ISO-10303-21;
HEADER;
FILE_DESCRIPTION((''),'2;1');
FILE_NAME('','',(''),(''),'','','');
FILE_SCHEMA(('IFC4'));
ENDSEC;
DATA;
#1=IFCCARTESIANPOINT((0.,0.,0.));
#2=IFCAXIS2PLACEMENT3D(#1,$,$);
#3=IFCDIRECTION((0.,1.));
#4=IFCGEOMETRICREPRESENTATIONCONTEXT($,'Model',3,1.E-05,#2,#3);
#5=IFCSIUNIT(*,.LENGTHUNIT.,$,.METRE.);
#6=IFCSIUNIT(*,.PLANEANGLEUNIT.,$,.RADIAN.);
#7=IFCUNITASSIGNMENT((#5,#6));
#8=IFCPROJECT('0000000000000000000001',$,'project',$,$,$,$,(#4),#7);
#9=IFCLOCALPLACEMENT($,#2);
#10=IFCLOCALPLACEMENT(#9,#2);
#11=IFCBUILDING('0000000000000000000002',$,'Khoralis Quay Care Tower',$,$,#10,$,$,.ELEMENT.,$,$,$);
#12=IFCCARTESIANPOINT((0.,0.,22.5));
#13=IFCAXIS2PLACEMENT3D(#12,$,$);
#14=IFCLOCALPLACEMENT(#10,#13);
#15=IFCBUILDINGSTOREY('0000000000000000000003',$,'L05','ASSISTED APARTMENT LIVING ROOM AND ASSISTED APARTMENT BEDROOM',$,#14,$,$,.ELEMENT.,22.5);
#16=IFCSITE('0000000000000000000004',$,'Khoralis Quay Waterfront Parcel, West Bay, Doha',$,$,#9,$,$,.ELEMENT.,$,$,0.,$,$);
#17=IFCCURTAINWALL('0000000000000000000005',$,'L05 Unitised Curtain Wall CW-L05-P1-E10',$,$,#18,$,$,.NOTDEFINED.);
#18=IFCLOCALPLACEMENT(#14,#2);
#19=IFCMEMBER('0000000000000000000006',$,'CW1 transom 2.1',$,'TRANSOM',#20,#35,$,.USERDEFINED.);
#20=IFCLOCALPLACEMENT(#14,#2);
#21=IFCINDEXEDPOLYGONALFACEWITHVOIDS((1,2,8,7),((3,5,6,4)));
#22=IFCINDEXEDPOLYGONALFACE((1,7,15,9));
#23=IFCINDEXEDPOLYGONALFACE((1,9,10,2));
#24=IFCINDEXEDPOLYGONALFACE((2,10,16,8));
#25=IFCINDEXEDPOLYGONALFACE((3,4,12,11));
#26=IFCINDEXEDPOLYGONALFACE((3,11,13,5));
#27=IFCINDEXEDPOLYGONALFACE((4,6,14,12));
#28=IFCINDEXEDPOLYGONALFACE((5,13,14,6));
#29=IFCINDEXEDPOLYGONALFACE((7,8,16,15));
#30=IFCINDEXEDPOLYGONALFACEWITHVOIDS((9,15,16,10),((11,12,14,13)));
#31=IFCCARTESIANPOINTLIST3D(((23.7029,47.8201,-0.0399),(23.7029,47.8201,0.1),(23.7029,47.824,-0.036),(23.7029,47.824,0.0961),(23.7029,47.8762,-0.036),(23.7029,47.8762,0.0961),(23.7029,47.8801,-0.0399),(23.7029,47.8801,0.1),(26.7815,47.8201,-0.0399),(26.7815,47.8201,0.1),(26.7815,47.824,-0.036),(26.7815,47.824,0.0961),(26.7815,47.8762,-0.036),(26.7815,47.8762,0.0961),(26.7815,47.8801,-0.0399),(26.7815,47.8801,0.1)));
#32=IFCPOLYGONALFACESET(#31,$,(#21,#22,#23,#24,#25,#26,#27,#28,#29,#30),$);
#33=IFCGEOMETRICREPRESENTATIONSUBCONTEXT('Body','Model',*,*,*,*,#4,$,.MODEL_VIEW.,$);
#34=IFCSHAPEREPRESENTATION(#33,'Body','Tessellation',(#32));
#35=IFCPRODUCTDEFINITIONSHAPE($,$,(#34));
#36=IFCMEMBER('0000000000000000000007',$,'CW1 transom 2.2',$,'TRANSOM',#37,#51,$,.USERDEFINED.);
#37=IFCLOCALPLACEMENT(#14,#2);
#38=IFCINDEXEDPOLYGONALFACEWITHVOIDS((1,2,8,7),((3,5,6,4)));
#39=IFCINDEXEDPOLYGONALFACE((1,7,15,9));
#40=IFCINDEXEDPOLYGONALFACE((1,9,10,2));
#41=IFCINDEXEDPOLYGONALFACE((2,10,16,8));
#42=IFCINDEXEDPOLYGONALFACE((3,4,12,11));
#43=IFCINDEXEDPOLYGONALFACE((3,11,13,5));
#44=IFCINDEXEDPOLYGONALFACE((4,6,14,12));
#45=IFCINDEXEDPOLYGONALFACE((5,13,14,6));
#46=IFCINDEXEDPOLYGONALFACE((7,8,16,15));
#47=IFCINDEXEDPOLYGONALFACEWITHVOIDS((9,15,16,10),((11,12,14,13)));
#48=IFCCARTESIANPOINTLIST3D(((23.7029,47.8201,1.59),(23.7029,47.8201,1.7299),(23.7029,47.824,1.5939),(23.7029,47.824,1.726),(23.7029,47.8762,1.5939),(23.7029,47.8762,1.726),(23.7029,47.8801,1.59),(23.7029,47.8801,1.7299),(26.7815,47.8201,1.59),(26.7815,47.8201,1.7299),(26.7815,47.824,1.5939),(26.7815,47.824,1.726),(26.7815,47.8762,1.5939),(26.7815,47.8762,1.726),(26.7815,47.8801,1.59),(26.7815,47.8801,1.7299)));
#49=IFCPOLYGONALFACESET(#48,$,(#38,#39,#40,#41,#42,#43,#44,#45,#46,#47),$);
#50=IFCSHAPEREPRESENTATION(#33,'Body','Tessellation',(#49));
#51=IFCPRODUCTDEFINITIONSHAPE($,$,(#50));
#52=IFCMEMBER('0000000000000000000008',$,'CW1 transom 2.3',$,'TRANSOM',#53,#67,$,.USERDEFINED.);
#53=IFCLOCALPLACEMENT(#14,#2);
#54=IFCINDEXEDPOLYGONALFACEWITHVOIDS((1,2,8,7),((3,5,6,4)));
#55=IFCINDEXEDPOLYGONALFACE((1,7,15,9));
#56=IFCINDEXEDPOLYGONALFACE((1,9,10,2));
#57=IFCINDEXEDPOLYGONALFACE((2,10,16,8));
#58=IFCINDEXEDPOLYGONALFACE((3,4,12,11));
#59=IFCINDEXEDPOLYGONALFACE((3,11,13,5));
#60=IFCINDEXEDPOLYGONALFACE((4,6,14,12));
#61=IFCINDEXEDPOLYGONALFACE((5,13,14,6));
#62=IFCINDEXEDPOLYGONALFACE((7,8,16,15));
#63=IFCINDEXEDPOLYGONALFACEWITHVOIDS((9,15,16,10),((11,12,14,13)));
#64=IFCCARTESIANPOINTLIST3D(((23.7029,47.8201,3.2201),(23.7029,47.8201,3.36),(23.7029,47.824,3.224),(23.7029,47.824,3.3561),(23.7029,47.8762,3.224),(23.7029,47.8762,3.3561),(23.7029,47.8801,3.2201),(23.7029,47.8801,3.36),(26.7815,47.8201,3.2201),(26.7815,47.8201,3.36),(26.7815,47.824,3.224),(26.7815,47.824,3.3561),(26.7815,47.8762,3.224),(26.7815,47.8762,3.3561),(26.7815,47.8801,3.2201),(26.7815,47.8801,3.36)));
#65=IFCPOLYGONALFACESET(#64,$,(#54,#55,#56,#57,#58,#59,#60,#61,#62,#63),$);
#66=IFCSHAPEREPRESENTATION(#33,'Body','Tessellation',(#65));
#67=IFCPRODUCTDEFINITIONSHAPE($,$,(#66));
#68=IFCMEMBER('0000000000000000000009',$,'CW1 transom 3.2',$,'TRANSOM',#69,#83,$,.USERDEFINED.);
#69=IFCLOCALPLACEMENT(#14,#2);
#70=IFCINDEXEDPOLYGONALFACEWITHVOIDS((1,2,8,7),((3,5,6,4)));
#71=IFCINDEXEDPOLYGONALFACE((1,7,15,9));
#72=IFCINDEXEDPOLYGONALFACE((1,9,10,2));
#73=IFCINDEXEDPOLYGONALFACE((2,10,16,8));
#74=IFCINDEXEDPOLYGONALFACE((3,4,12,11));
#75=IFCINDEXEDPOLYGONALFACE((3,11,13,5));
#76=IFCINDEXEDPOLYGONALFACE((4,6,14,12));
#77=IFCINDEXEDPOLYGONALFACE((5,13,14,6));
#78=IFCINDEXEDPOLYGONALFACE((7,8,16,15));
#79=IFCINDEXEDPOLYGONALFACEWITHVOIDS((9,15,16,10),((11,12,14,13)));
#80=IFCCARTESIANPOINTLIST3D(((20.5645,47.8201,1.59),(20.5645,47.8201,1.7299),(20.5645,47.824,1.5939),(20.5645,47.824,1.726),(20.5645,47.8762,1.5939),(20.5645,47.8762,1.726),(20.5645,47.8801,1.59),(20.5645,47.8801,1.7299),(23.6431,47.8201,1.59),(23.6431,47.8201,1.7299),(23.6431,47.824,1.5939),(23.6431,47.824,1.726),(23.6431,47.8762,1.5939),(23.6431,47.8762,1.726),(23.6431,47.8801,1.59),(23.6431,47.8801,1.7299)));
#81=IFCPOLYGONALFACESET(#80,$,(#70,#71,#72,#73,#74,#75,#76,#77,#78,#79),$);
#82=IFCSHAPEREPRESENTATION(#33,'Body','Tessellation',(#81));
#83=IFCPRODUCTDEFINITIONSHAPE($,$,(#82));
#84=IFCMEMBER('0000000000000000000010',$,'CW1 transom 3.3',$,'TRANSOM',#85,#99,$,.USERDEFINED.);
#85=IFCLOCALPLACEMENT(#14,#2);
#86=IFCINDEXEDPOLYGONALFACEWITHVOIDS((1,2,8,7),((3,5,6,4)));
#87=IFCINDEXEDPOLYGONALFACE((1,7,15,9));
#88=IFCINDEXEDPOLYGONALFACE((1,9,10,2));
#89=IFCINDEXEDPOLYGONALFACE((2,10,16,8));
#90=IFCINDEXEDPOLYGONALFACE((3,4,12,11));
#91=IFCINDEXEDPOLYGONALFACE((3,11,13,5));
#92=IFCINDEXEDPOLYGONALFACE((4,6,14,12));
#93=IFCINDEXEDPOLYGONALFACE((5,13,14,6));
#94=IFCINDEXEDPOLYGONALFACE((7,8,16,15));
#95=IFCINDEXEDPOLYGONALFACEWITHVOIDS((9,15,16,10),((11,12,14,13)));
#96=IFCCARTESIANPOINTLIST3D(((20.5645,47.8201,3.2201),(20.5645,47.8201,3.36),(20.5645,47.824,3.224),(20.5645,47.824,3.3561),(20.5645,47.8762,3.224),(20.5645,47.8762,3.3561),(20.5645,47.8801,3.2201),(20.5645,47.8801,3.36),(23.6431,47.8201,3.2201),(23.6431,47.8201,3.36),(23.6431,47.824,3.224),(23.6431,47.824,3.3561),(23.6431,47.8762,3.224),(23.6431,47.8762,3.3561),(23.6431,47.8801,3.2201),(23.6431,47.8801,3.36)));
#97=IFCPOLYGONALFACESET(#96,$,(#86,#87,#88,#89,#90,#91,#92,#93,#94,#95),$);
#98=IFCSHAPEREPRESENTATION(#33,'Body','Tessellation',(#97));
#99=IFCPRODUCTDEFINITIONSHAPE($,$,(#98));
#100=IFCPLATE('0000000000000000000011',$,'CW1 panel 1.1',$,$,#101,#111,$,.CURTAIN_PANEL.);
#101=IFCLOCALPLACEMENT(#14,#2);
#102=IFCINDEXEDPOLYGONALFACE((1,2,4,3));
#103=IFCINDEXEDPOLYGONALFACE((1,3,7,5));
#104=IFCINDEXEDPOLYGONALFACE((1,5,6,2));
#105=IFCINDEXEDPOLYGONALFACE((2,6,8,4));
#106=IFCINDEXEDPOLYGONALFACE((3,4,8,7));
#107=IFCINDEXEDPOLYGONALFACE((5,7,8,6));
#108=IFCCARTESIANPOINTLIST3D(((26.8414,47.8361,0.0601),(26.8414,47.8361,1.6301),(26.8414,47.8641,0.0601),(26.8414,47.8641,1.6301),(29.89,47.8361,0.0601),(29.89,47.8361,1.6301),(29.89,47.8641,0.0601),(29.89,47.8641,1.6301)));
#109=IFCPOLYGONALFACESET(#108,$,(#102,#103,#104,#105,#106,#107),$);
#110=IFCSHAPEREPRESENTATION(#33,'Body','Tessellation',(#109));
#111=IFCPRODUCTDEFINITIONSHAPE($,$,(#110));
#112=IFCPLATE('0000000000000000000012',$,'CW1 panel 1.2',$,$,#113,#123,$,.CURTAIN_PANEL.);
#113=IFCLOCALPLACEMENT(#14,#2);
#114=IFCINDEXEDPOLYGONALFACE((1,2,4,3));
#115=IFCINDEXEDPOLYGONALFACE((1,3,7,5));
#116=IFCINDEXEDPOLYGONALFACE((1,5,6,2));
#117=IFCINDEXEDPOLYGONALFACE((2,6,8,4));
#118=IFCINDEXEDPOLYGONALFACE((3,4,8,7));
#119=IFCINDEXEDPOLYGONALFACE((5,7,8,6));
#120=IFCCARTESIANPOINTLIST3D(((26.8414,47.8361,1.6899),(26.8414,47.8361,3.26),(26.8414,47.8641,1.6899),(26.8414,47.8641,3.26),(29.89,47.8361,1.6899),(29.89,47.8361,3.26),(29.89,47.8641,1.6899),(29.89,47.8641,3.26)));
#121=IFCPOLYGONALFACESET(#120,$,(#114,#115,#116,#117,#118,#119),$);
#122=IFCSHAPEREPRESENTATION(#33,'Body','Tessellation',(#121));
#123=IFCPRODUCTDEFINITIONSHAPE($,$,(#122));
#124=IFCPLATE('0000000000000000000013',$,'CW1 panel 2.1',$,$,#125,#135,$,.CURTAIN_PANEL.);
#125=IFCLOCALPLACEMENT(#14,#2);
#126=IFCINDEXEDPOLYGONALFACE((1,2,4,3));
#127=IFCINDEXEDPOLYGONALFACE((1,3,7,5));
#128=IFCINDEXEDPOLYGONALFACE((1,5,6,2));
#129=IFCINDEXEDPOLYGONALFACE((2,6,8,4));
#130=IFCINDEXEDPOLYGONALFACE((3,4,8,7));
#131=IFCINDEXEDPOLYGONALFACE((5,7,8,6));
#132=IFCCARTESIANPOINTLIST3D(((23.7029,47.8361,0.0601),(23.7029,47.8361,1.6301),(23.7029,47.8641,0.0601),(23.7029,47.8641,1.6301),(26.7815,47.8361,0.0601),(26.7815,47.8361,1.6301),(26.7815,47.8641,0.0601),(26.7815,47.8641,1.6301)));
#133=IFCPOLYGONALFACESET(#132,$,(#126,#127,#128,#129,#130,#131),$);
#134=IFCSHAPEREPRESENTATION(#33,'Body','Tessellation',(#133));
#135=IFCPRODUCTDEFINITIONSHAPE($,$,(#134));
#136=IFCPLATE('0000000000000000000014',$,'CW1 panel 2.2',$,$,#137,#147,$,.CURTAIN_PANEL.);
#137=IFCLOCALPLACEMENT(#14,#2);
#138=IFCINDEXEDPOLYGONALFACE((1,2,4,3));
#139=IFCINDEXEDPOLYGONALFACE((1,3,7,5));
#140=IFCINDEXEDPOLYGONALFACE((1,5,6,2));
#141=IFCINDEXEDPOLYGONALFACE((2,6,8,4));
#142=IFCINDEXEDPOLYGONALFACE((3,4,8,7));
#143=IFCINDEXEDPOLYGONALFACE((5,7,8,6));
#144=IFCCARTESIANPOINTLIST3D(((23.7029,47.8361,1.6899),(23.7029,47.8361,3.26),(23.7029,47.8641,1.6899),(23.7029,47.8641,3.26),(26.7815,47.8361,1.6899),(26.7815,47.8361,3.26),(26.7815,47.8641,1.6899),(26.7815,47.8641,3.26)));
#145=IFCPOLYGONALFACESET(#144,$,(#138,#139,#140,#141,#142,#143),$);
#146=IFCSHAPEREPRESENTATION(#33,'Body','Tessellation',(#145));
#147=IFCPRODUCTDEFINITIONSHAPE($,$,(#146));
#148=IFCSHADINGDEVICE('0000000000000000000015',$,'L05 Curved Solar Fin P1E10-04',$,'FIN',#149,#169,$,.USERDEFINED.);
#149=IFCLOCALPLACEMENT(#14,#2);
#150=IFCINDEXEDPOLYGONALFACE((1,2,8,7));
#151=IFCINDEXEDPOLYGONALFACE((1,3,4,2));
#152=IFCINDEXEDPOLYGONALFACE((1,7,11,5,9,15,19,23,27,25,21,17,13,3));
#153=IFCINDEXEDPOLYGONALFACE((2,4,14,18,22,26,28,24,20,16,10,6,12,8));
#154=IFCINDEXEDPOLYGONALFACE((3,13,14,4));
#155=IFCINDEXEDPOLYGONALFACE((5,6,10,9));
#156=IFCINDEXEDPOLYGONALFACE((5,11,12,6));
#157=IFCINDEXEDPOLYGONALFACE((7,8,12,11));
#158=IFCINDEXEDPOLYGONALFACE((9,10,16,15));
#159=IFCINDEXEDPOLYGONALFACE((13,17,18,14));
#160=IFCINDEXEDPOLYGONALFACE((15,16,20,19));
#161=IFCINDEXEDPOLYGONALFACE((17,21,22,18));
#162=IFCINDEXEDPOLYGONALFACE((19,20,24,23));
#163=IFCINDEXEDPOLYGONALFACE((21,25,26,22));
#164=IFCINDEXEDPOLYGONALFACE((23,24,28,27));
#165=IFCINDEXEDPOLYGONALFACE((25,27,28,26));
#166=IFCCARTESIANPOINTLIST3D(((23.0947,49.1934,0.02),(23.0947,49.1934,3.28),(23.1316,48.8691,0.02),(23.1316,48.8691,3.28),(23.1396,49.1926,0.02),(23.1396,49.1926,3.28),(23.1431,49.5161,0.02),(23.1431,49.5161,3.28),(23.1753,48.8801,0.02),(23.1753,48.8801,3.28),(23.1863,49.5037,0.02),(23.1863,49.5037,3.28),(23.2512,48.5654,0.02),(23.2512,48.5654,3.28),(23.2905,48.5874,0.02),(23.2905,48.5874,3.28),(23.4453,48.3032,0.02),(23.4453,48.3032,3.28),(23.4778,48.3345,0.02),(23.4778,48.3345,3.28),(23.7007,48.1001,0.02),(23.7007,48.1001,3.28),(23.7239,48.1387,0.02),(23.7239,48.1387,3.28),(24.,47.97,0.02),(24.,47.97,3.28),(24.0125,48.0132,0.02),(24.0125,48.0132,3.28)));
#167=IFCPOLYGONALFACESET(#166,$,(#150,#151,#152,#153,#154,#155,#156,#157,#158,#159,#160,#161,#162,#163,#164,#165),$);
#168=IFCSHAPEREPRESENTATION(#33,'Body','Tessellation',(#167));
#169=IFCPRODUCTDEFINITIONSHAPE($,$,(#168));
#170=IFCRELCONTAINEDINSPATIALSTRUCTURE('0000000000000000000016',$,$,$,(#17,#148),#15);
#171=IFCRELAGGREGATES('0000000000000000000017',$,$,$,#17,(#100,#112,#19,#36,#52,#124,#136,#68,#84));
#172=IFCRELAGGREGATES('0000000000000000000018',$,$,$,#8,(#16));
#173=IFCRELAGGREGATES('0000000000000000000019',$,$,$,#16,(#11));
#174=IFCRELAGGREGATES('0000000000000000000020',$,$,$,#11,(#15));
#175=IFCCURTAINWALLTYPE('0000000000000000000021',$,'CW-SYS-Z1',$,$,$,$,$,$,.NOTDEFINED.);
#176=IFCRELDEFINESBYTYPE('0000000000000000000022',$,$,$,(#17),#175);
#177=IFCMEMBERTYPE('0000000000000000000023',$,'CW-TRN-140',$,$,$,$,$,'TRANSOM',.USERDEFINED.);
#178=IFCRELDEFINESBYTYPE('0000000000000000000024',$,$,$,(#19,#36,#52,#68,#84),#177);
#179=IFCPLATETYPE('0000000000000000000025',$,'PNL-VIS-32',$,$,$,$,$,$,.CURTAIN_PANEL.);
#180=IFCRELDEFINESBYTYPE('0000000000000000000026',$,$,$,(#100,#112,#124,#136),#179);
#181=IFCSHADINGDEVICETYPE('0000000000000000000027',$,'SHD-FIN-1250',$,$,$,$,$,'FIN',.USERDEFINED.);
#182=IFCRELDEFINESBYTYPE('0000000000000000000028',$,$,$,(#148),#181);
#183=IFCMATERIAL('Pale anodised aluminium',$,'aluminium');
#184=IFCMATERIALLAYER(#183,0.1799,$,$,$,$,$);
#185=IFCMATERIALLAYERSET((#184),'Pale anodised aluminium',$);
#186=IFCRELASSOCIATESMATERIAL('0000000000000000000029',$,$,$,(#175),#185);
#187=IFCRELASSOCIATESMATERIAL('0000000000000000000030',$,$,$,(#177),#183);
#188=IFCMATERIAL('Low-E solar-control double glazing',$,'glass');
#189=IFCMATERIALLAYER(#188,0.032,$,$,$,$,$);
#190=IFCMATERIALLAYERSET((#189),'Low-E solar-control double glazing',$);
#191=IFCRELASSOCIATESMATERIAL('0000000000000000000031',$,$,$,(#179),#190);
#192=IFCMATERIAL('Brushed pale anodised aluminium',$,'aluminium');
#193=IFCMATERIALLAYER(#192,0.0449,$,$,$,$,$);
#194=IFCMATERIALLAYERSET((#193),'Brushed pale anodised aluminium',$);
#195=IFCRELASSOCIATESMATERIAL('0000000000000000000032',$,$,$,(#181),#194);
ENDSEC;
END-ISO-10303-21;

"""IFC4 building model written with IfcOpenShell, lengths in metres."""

from ifc_helpers import new_model, si_unit, direction, frame, origin, origin_2d, place, context, subcontext, project, spatial, polyline, rectangle, hollow_rectangle, outline, extrude, source, transform, mapped, material, layer, layer_set, material_profile, profile_set, type_object, element, aggregate, save


model = new_model("IFC4")

# Units and contexts
model_context = context("Model", 3, precision=1e-05, world=origin(), true_north=direction((0.0, 1.0)))
body_context = subcontext(model_context, "Body", "Model", "MODEL_VIEW")
ifc_project = project(units=[si_unit("LENGTHUNIT", "METRE"), si_unit("PLANEANGLEUNIT", "RADIAN")], contexts=[model_context])

# Site, building, storey
site_placement = place(None, origin())
site = spatial("IfcSite", under=ifc_project, at=site_placement, Name="Khoralis Quay Waterfront Parcel, West Bay, Doha", CompositionType="ELEMENT", RefElevation=0.0)
building_placement = place(site_placement, origin())
building = spatial("IfcBuilding", under=site, at=building_placement, Name="Khoralis Quay Care Tower", CompositionType="ELEMENT")
storey_placement = place(building_placement, frame((0.0, 0.0, 22.5)))
storey = spatial("IfcBuildingStorey", under=building, at=storey_placement, Name="L05", Description="ASSISTED APARTMENT LIVING ROOM AND ASSISTED APARTMENT BEDROOM", CompositionType="ELEMENT", Elevation=22.5)

# Curtain wall, members, plates
ifc_material_1 = material(Name="Pale anodised aluminium", Category="aluminium")
ifc_layer_1 = layer(ifc_material_1, 0.1799)
ifc_layer_set_1 = layer_set([ifc_layer_1], Name="Pale anodised aluminium")
curtain_wall_type = type_object("IfcCurtainWallType", Name="CW-SYS-Z1", PredefinedType="NOTDEFINED", material=ifc_layer_set_1)
curtain_wall_placement = place(storey_placement, origin())
curtain_wall = element("IfcCurtainWall", 1, at=curtain_wall_placement, inside=storey, type_object=curtain_wall_type, Name="L05 Unitised Curtain Wall CW-L05-P1-E10", PredefinedType="NOTDEFINED")
ifc_material_profile_1 = material_profile(ifc_material_1, hollow_rectangle(XDim=0.0601, YDim=0.1399, WallThickness=0.0039, at=origin_2d()), Name="Pale anodised aluminium")
ifc_profile_set_1 = profile_set([ifc_material_profile_1], Name="Pale anodised aluminium")
member_type_1 = type_object("IfcMemberType", Name="CW-TRN-140", ElementType="TRANSOM", PredefinedType="USERDEFINED", material=ifc_profile_set_1)
shared_shape_1 = source(origin(), body_context, "Body", "SweptSolid", [
    extrude(hollow_rectangle(XDim=0.0601, YDim=0.1399, WallThickness=0.0039, at=origin_2d()), origin(), (0.0, 0.0, 1.0), 3.0786),
])
member_1_placement = place(storey_placement, frame((26.7815, 47.8501, 0.03), z_axis=(-1.0, 0.0, 0.0), x_axis=(0.0, -1.0, 0.0)))
member_1 = element("IfcMember", 2, at=member_1_placement, type_object=member_type_1, Name="CW1 transom 2.1", ObjectType="TRANSOM", PredefinedType="USERDEFINED", context=body_context, shape_type="MappedRepresentation", body=[
    mapped(shared_shape_1, transform((0.0, 0.0, 0.0), scale=1.0)),
])
member_2_placement = place(storey_placement, frame((26.7815, 47.8501, 1.6599), z_axis=(-1.0, 0.0, 0.0), x_axis=(0.0, -1.0, 0.0)))
member_2 = element("IfcMember", 3, at=member_2_placement, type_object=member_type_1, Name="CW1 transom 2.2", ObjectType="TRANSOM", PredefinedType="USERDEFINED", context=body_context, shape_type="MappedRepresentation", body=[
    mapped(shared_shape_1, transform((0.0, 0.0, 0.0), scale=1.0)),
])
member_3_placement = place(storey_placement, frame((26.7815, 47.8501, 3.29), z_axis=(-1.0, 0.0, 0.0), x_axis=(0.0, -1.0, 0.0)))
member_3 = element("IfcMember", 4, at=member_3_placement, type_object=member_type_1, Name="CW1 transom 2.3", ObjectType="TRANSOM", PredefinedType="USERDEFINED", context=body_context, shape_type="MappedRepresentation", body=[
    mapped(shared_shape_1, transform((0.0, 0.0, 0.0), scale=1.0)),
])
member_4_placement = place(storey_placement, frame((23.6431, 47.8501, 1.6599), z_axis=(-1.0, 0.0, 0.0), x_axis=(0.0, -1.0, 0.0)))
member_4 = element("IfcMember", 5, at=member_4_placement, type_object=member_type_1, Name="CW1 transom 3.2", ObjectType="TRANSOM", PredefinedType="USERDEFINED", context=body_context, shape_type="MappedRepresentation", body=[
    mapped(shared_shape_1, transform((0.0, 0.0, 0.0), scale=1.0)),
])
member_5_placement = place(storey_placement, frame((23.6431, 47.8501, 3.29), z_axis=(-1.0, 0.0, 0.0), x_axis=(0.0, -1.0, 0.0)))
member_5 = element("IfcMember", 6, at=member_5_placement, type_object=member_type_1, Name="CW1 transom 3.3", ObjectType="TRANSOM", PredefinedType="USERDEFINED", context=body_context, shape_type="MappedRepresentation", body=[
    mapped(shared_shape_1, transform((0.0, 0.0, 0.0), scale=1.0)),
])
ifc_material_2 = material(Name="Low-E solar-control double glazing", Category="glass")
ifc_layer_2 = layer(ifc_material_2, 0.032)
ifc_layer_set_2 = layer_set([ifc_layer_2], Name="Low-E solar-control double glazing")
plate_type = type_object("IfcPlateType", Name="PNL-VIS-32", PredefinedType="CURTAIN_PANEL", material=ifc_layer_set_2)
shared_shape_2 = source(origin(), body_context, "Body", "SweptSolid", [
    extrude(rectangle(XDim=3.0486, YDim=0.0281, at=origin_2d()), origin(), (0.0, 0.0, 1.0), 1.5701),
])
plate_1_placement = place(storey_placement, frame((28.3657, 47.8501, 0.0601), z_axis=(0.0, 0.0, 1.0), x_axis=(-1.0, 0.0, 0.0)))
plate_1 = element("IfcPlate", 7, at=plate_1_placement, type_object=plate_type, Name="CW1 panel 1.1", PredefinedType="CURTAIN_PANEL", context=body_context, shape_type="MappedRepresentation", body=[
    mapped(shared_shape_2, transform((0.0, 0.0, 0.0), scale=1.0)),
])
plate_2_placement = place(storey_placement, frame((28.3657, 47.8501, 1.6899), z_axis=(0.0, 0.0, 1.0), x_axis=(-1.0, 0.0, 0.0)))
plate_2 = element("IfcPlate", 8, at=plate_2_placement, type_object=plate_type, Name="CW1 panel 1.2", PredefinedType="CURTAIN_PANEL", context=body_context, shape_type="MappedRepresentation", body=[
    mapped(shared_shape_2, transform((0.0, 0.0, 0.0), scale=1.0)),
])
shared_shape_3 = source(origin(), body_context, "Body", "SweptSolid", [
    extrude(rectangle(XDim=3.0786, YDim=0.0281, at=origin_2d()), origin(), (0.0, 0.0, 1.0), 1.5701),
])
plate_3_placement = place(storey_placement, frame((25.2422, 47.8501, 0.0601), z_axis=(0.0, 0.0, 1.0), x_axis=(-1.0, 0.0, 0.0)))
plate_3 = element("IfcPlate", 9, at=plate_3_placement, type_object=plate_type, Name="CW1 panel 2.1", PredefinedType="CURTAIN_PANEL", context=body_context, shape_type="MappedRepresentation", body=[
    mapped(shared_shape_3, transform((0.0, 0.0, 0.0), scale=1.0)),
])
plate_4_placement = place(storey_placement, frame((25.2422, 47.8501, 1.6899), z_axis=(0.0, 0.0, 1.0), x_axis=(-1.0, 0.0, 0.0)))
plate_4 = element("IfcPlate", 10, at=plate_4_placement, type_object=plate_type, Name="CW1 panel 2.2", PredefinedType="CURTAIN_PANEL", context=body_context, shape_type="MappedRepresentation", body=[
    mapped(shared_shape_3, transform((0.0, 0.0, 0.0), scale=1.0)),
])
aggregate(curtain_wall, [plate_1, plate_2, member_1, member_2, member_3, plate_3, plate_4, member_4, member_5])

# Shading device
ifc_material_3 = material(Name="Brushed pale anodised aluminium", Category="aluminium")
ifc_layer_3 = layer(ifc_material_3, 0.0449)
ifc_layer_set_3 = layer_set([ifc_layer_3], Name="Brushed pale anodised aluminium")
shading_device_type = type_object("IfcShadingDeviceType", Name="SHD-FIN-1250", ElementType="FIN", PredefinedType="USERDEFINED", material=ifc_layer_set_3)
shared_shape_4 = source(origin(), body_context, "Body", "SweptSolid", [
    extrude(outline(polyline([(0.0, 0.0), (0.1301, 0.2993), (0.3333, 0.5547), (0.5955, 0.7488), (0.8992, 0.8684), (1.2234, 0.9053), (1.5461, 0.8569), (1.5337, 0.8137), (1.2227, 0.8604), (0.9102, 0.8247), (0.6174, 0.7095), (0.3645, 0.5222), (0.1687, 0.2761), (0.0432, -0.0125), (0.0, 0.0)])), origin(), (0.0, 0.0, 1.0), 3.26),
])
shading_device_placement = place(storey_placement, frame((24.0, 47.97, 0.02), z_axis=(0.0, 0.0, 1.0), x_axis=(0.0, 1.0, 0.0)))
element("IfcShadingDevice", 11, at=shading_device_placement, inside=storey, type_object=shading_device_type, Name="L05 Curved Solar Fin P1E10-04", ObjectType="FIN", PredefinedType="USERDEFINED", context=body_context, shape_type="MappedRepresentation", body=[
    mapped(shared_shape_4, transform((0.0, 0.0, 0.0), scale=1.0)),
])

save(model, "model.ifc")
